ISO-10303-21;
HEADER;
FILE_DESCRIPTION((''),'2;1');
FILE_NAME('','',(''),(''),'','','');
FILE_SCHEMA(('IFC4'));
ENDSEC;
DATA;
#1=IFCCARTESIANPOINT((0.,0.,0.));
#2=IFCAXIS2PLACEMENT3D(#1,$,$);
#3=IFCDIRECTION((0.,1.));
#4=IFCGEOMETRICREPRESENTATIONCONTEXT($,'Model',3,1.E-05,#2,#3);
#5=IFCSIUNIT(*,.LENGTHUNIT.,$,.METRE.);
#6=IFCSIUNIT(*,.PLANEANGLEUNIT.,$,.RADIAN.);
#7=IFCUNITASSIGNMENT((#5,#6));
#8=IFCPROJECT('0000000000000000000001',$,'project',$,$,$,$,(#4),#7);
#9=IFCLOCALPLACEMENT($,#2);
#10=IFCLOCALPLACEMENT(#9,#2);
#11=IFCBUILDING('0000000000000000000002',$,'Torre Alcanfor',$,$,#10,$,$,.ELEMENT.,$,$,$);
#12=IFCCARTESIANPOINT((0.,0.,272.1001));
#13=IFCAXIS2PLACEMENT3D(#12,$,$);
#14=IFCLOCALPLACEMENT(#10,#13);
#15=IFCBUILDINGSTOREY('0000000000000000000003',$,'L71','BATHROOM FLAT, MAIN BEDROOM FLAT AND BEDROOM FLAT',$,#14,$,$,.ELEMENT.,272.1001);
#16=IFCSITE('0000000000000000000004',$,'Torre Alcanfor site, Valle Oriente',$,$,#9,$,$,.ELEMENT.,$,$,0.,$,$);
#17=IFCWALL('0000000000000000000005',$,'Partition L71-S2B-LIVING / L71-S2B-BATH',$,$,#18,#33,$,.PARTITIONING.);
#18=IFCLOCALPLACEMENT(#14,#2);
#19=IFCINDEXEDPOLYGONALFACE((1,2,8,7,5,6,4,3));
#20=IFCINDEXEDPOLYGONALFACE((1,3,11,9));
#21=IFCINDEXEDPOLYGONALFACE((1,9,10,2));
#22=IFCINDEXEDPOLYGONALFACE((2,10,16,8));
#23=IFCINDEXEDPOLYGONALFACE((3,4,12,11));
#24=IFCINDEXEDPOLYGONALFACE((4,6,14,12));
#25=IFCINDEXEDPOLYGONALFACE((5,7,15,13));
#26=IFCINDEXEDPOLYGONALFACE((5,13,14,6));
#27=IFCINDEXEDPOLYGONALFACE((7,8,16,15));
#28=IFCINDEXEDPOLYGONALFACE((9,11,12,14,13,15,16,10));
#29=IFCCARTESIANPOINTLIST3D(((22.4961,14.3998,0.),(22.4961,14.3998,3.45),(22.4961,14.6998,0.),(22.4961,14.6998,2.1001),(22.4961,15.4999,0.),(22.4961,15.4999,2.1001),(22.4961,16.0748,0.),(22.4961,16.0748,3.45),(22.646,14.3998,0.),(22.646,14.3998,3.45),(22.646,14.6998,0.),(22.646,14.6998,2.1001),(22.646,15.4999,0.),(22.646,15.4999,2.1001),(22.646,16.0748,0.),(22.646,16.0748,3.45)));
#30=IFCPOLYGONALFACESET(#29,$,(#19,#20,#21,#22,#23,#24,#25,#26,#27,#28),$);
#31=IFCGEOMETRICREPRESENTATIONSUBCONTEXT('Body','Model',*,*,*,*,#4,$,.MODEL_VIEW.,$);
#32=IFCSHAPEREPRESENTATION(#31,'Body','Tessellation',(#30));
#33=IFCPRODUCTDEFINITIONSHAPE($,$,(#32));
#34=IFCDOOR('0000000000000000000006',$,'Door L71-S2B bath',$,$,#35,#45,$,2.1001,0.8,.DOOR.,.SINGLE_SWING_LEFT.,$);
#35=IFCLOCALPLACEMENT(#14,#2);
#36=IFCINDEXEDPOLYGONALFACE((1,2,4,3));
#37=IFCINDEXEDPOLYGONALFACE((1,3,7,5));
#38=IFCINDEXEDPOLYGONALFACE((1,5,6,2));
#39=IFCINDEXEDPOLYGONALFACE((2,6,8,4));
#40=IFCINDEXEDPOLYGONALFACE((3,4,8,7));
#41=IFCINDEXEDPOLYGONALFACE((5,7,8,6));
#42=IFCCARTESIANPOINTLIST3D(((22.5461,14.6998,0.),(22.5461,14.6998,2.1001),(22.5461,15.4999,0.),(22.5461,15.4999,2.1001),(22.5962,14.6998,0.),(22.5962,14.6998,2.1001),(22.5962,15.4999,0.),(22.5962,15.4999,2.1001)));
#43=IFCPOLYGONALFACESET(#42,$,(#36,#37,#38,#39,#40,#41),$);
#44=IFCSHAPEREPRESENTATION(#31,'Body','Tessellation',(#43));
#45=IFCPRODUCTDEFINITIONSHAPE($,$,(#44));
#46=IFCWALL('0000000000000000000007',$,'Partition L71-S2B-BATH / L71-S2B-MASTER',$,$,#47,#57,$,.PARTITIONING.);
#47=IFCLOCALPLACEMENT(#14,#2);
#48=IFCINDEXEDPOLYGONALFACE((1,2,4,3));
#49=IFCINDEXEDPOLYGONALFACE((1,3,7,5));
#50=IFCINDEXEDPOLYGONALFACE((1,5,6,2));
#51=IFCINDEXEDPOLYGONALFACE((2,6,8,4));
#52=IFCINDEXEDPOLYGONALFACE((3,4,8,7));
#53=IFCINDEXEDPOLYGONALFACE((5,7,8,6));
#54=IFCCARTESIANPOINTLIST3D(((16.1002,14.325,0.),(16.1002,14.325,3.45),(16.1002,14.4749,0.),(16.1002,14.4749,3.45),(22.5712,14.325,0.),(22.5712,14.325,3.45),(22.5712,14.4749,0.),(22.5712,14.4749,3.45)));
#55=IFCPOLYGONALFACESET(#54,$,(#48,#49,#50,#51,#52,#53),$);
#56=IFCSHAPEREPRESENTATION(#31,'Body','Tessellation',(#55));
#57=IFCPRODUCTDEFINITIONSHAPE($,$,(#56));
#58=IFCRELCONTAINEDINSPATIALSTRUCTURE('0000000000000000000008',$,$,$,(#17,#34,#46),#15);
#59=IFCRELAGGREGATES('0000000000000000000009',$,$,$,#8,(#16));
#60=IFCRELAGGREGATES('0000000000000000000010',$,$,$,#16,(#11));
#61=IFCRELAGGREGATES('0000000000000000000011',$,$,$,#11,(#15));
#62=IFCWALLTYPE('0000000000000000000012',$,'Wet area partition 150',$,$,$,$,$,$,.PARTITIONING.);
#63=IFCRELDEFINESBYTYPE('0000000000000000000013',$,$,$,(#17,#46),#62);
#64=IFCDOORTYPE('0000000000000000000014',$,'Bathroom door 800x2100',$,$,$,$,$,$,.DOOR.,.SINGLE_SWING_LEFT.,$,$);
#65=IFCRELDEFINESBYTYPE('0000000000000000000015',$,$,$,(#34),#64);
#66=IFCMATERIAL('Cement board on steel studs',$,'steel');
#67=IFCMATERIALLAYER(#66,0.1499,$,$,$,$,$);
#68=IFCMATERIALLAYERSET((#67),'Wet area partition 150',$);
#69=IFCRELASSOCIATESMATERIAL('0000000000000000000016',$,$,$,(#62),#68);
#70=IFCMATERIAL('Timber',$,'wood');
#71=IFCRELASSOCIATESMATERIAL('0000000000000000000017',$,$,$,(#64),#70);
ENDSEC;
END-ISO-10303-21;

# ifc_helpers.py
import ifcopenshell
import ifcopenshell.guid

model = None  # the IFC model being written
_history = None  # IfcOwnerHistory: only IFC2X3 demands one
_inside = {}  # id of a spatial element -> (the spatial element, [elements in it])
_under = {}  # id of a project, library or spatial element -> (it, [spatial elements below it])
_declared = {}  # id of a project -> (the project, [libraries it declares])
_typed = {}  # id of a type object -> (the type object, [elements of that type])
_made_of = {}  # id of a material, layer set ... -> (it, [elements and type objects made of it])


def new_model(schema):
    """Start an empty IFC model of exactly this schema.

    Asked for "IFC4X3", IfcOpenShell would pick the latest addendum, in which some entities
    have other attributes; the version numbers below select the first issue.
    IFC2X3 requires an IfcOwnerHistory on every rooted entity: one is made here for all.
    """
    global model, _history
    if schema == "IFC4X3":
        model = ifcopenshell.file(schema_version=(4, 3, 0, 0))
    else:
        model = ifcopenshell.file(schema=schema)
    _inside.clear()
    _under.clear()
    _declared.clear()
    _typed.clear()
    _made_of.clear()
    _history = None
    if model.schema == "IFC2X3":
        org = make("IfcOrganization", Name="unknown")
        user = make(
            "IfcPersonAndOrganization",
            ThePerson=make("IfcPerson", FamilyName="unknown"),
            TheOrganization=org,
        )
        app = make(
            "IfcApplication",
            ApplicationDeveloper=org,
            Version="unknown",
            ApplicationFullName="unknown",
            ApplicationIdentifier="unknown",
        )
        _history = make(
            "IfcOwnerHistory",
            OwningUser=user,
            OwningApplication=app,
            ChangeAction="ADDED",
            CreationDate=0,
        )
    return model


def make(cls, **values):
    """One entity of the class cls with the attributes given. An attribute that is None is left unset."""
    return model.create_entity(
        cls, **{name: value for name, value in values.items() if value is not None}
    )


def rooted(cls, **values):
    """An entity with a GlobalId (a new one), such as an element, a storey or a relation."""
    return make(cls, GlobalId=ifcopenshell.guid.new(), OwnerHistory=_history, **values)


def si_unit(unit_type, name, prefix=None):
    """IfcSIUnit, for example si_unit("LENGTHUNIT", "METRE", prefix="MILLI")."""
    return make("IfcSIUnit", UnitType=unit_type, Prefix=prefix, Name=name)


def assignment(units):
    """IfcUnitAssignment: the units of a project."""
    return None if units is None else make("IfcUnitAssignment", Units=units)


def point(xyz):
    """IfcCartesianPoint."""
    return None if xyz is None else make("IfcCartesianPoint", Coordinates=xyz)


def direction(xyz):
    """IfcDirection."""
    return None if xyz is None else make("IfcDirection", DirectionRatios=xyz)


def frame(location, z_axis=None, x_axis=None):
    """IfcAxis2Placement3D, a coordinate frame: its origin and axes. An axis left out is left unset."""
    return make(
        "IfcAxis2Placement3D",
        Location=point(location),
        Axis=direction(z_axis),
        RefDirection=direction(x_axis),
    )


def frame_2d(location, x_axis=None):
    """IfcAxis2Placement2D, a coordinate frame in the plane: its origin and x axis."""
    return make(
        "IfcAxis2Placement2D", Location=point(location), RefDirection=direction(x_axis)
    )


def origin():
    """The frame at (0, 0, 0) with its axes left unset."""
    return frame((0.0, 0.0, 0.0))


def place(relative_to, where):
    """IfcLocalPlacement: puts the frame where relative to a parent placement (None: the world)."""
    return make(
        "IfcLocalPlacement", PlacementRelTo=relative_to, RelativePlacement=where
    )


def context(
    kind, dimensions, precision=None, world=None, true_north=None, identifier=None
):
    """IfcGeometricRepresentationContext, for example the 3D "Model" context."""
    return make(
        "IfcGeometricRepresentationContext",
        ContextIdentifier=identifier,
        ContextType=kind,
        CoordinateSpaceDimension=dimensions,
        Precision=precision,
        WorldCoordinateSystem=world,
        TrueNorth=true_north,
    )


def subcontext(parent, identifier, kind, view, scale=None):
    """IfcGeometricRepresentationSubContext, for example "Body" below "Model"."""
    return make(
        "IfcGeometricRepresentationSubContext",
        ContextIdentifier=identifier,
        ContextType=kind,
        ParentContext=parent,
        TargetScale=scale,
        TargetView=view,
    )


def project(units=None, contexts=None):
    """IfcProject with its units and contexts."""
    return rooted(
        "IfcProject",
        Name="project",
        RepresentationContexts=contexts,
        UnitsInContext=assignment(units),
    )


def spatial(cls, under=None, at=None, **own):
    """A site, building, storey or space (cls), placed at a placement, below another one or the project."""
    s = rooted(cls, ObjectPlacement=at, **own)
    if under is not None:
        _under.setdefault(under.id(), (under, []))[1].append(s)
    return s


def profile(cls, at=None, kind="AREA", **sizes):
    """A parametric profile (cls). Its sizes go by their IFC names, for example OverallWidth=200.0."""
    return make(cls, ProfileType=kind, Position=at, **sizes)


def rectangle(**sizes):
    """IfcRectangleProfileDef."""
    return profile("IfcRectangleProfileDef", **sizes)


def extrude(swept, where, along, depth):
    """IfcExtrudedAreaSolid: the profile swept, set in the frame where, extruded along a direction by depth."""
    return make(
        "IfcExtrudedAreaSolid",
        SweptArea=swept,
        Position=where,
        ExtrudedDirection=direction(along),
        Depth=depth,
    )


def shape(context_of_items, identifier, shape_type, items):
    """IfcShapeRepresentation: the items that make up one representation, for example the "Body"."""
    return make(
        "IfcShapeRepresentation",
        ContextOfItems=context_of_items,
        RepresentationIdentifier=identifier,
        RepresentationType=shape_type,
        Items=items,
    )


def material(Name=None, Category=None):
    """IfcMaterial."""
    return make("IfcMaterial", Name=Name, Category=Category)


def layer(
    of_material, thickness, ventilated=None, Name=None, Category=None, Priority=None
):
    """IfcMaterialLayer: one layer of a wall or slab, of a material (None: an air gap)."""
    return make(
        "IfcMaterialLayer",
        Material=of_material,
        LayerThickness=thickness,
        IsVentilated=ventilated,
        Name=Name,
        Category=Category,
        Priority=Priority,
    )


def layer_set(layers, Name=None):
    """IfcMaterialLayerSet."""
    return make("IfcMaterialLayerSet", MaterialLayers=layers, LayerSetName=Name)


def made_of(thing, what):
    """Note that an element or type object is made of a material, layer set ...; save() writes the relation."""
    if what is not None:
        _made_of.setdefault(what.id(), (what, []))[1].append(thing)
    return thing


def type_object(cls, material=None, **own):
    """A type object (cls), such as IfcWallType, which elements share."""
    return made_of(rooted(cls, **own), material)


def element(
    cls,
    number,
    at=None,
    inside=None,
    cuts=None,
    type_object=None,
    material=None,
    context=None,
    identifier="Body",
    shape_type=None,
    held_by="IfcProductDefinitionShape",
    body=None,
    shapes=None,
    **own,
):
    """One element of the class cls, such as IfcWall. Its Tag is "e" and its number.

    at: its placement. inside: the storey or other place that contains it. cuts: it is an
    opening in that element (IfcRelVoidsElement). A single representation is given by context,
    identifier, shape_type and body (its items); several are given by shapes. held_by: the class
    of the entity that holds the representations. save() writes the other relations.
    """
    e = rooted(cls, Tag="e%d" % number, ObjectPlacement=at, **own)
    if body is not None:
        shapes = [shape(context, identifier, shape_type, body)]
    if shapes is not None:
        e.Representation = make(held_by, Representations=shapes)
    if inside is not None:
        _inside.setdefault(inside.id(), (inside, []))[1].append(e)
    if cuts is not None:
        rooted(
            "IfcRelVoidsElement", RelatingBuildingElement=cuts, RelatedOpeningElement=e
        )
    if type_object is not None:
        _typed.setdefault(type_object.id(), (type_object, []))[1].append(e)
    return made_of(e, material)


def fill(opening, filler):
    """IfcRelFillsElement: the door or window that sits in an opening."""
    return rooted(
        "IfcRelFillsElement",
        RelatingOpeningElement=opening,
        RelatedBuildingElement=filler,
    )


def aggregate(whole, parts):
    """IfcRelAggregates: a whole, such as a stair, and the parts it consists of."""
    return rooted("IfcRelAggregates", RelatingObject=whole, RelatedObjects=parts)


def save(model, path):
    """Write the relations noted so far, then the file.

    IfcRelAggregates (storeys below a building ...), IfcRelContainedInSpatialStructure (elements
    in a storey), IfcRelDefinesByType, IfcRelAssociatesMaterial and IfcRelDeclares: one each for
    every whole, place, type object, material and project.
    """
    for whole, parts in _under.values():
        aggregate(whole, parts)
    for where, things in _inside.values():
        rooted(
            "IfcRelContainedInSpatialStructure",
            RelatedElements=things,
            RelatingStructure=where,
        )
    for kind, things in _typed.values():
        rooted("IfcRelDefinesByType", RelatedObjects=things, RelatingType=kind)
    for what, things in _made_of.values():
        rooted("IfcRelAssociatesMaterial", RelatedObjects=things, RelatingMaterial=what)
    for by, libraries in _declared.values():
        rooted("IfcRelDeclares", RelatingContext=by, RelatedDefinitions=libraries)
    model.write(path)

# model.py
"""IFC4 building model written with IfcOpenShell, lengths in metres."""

from ifc_helpers import new_model, si_unit, direction, frame, frame_2d, origin, place, context, subcontext, project, spatial, rectangle, extrude, material, layer, layer_set, type_object, element, fill, save


model = new_model("IFC4")

# Units and contexts
model_context = context("Model", 3, precision=1e-05, world=origin(), true_north=direction((0.0, 1.0)))
body_context = subcontext(model_context, "Body", "Model", "MODEL_VIEW")
ifc_project = project(units=[si_unit("LENGTHUNIT", "METRE"), si_unit("PLANEANGLEUNIT", "RADIAN")], contexts=[model_context])

# Site, building, storey
site_placement = place(None, origin())
site = spatial("IfcSite", under=ifc_project, at=site_placement, Name="Torre Alcanfor site, Valle Oriente", CompositionType="ELEMENT", RefElevation=0.0)
building_placement = place(site_placement, origin())
building = spatial("IfcBuilding", under=site, at=building_placement, Name="Torre Alcanfor", CompositionType="ELEMENT")
storey_placement = place(building_placement, frame((0.0, 0.0, 272.1001)))
storey = spatial("IfcBuildingStorey", under=building, at=storey_placement, Name="L71", Description="BATHROOM FLAT, MAIN BEDROOM FLAT AND BEDROOM FLAT", CompositionType="ELEMENT", Elevation=272.1001)

# Shared definitions
ifc_material_1 = material(Name="Cement board on steel studs", Category="steel")
ifc_layer_1 = layer(ifc_material_1, 0.1499)
ifc_layer_set_1 = layer_set([ifc_layer_1], Name="Wet area partition 150")
wall_type_1 = type_object("IfcWallType", Name="Wet area partition 150", PredefinedType="PARTITIONING", material=ifc_layer_set_1)

# Wall, opening, door
ifc_material_2 = material(Name="Timber", Category="wood")
door_type_1 = type_object("IfcDoorType", Name="Bathroom door 800x2100", OperationType="SINGLE_SWING_LEFT", PredefinedType="DOOR", material=ifc_material_2)
wall_1_placement = place(storey_placement, frame((22.571, 14.3999, 0.0), z_axis=(0.0, 0.0, 1.0), x_axis=(0.0, 1.0, 0.0)))
wall_1 = element("IfcWall", 1, at=wall_1_placement, inside=storey, type_object=wall_type_1, Name="Partition L71-S2B-LIVING / L71-S2B-BATH", PredefinedType="PARTITIONING", context=body_context, shape_type="SweptSolid", body=[
    extrude(rectangle(XDim=1.675, YDim=0.1499, at=frame_2d((0.8374, 0.0))), origin(), (0.0, 0.0, 1.0), 3.45),
])
opening_1_placement = place(wall_1_placement, frame((0.3, 0.0, 0.0)))
opening_1 = element("IfcOpeningElement", 2, at=opening_1_placement, cuts=wall_1, PredefinedType="OPENING", context=body_context, shape_type="SweptSolid", body=[
    extrude(rectangle(XDim=0.8, YDim=2.1001, at=frame_2d((0.3999, 1.05))), frame((0.0, 0.085, 0.0), z_axis=(0.0, -1.0, 0.0), x_axis=(1.0, 0.0, 0.0)), (0.0, 0.0, 1.0), 0.1699),
])
door_1_placement = place(opening_1_placement, origin())
door_1 = element("IfcDoor", 3, at=door_1_placement, inside=storey, type_object=door_type_1, Name="Door L71-S2B bath", OperationType="SINGLE_SWING_LEFT", OverallHeight=2.1001, OverallWidth=0.8, PredefinedType="DOOR", context=body_context, shape_type="SweptSolid", body=[
    extrude(rectangle(XDim=0.8, YDim=2.1001, at=frame_2d((0.3999, 1.05))), frame((0.0, 0.0249, 0.0), z_axis=(0.0, -1.0, 0.0), x_axis=(1.0, 0.0, 0.0)), (0.0, 0.0, 1.0), 0.05),
])
fill(opening_1, door_1)

# Wall
wall_2_placement = place(storey_placement, frame((22.571, 14.3999, 0.0), z_axis=(0.0, 0.0, 1.0), x_axis=(-1.0, 0.0, 0.0)))
element("IfcWall", 4, at=wall_2_placement, inside=storey, type_object=wall_type_1, Name="Partition L71-S2B-BATH / L71-S2B-MASTER", PredefinedType="PARTITIONING", context=body_context, shape_type="SweptSolid", body=[
    extrude(rectangle(XDim=6.4709, YDim=0.1499, at=frame_2d((3.2354, 0.0))), origin(), (0.0, 0.0, 1.0), 3.45),
])

save(model, "model.ifc")
